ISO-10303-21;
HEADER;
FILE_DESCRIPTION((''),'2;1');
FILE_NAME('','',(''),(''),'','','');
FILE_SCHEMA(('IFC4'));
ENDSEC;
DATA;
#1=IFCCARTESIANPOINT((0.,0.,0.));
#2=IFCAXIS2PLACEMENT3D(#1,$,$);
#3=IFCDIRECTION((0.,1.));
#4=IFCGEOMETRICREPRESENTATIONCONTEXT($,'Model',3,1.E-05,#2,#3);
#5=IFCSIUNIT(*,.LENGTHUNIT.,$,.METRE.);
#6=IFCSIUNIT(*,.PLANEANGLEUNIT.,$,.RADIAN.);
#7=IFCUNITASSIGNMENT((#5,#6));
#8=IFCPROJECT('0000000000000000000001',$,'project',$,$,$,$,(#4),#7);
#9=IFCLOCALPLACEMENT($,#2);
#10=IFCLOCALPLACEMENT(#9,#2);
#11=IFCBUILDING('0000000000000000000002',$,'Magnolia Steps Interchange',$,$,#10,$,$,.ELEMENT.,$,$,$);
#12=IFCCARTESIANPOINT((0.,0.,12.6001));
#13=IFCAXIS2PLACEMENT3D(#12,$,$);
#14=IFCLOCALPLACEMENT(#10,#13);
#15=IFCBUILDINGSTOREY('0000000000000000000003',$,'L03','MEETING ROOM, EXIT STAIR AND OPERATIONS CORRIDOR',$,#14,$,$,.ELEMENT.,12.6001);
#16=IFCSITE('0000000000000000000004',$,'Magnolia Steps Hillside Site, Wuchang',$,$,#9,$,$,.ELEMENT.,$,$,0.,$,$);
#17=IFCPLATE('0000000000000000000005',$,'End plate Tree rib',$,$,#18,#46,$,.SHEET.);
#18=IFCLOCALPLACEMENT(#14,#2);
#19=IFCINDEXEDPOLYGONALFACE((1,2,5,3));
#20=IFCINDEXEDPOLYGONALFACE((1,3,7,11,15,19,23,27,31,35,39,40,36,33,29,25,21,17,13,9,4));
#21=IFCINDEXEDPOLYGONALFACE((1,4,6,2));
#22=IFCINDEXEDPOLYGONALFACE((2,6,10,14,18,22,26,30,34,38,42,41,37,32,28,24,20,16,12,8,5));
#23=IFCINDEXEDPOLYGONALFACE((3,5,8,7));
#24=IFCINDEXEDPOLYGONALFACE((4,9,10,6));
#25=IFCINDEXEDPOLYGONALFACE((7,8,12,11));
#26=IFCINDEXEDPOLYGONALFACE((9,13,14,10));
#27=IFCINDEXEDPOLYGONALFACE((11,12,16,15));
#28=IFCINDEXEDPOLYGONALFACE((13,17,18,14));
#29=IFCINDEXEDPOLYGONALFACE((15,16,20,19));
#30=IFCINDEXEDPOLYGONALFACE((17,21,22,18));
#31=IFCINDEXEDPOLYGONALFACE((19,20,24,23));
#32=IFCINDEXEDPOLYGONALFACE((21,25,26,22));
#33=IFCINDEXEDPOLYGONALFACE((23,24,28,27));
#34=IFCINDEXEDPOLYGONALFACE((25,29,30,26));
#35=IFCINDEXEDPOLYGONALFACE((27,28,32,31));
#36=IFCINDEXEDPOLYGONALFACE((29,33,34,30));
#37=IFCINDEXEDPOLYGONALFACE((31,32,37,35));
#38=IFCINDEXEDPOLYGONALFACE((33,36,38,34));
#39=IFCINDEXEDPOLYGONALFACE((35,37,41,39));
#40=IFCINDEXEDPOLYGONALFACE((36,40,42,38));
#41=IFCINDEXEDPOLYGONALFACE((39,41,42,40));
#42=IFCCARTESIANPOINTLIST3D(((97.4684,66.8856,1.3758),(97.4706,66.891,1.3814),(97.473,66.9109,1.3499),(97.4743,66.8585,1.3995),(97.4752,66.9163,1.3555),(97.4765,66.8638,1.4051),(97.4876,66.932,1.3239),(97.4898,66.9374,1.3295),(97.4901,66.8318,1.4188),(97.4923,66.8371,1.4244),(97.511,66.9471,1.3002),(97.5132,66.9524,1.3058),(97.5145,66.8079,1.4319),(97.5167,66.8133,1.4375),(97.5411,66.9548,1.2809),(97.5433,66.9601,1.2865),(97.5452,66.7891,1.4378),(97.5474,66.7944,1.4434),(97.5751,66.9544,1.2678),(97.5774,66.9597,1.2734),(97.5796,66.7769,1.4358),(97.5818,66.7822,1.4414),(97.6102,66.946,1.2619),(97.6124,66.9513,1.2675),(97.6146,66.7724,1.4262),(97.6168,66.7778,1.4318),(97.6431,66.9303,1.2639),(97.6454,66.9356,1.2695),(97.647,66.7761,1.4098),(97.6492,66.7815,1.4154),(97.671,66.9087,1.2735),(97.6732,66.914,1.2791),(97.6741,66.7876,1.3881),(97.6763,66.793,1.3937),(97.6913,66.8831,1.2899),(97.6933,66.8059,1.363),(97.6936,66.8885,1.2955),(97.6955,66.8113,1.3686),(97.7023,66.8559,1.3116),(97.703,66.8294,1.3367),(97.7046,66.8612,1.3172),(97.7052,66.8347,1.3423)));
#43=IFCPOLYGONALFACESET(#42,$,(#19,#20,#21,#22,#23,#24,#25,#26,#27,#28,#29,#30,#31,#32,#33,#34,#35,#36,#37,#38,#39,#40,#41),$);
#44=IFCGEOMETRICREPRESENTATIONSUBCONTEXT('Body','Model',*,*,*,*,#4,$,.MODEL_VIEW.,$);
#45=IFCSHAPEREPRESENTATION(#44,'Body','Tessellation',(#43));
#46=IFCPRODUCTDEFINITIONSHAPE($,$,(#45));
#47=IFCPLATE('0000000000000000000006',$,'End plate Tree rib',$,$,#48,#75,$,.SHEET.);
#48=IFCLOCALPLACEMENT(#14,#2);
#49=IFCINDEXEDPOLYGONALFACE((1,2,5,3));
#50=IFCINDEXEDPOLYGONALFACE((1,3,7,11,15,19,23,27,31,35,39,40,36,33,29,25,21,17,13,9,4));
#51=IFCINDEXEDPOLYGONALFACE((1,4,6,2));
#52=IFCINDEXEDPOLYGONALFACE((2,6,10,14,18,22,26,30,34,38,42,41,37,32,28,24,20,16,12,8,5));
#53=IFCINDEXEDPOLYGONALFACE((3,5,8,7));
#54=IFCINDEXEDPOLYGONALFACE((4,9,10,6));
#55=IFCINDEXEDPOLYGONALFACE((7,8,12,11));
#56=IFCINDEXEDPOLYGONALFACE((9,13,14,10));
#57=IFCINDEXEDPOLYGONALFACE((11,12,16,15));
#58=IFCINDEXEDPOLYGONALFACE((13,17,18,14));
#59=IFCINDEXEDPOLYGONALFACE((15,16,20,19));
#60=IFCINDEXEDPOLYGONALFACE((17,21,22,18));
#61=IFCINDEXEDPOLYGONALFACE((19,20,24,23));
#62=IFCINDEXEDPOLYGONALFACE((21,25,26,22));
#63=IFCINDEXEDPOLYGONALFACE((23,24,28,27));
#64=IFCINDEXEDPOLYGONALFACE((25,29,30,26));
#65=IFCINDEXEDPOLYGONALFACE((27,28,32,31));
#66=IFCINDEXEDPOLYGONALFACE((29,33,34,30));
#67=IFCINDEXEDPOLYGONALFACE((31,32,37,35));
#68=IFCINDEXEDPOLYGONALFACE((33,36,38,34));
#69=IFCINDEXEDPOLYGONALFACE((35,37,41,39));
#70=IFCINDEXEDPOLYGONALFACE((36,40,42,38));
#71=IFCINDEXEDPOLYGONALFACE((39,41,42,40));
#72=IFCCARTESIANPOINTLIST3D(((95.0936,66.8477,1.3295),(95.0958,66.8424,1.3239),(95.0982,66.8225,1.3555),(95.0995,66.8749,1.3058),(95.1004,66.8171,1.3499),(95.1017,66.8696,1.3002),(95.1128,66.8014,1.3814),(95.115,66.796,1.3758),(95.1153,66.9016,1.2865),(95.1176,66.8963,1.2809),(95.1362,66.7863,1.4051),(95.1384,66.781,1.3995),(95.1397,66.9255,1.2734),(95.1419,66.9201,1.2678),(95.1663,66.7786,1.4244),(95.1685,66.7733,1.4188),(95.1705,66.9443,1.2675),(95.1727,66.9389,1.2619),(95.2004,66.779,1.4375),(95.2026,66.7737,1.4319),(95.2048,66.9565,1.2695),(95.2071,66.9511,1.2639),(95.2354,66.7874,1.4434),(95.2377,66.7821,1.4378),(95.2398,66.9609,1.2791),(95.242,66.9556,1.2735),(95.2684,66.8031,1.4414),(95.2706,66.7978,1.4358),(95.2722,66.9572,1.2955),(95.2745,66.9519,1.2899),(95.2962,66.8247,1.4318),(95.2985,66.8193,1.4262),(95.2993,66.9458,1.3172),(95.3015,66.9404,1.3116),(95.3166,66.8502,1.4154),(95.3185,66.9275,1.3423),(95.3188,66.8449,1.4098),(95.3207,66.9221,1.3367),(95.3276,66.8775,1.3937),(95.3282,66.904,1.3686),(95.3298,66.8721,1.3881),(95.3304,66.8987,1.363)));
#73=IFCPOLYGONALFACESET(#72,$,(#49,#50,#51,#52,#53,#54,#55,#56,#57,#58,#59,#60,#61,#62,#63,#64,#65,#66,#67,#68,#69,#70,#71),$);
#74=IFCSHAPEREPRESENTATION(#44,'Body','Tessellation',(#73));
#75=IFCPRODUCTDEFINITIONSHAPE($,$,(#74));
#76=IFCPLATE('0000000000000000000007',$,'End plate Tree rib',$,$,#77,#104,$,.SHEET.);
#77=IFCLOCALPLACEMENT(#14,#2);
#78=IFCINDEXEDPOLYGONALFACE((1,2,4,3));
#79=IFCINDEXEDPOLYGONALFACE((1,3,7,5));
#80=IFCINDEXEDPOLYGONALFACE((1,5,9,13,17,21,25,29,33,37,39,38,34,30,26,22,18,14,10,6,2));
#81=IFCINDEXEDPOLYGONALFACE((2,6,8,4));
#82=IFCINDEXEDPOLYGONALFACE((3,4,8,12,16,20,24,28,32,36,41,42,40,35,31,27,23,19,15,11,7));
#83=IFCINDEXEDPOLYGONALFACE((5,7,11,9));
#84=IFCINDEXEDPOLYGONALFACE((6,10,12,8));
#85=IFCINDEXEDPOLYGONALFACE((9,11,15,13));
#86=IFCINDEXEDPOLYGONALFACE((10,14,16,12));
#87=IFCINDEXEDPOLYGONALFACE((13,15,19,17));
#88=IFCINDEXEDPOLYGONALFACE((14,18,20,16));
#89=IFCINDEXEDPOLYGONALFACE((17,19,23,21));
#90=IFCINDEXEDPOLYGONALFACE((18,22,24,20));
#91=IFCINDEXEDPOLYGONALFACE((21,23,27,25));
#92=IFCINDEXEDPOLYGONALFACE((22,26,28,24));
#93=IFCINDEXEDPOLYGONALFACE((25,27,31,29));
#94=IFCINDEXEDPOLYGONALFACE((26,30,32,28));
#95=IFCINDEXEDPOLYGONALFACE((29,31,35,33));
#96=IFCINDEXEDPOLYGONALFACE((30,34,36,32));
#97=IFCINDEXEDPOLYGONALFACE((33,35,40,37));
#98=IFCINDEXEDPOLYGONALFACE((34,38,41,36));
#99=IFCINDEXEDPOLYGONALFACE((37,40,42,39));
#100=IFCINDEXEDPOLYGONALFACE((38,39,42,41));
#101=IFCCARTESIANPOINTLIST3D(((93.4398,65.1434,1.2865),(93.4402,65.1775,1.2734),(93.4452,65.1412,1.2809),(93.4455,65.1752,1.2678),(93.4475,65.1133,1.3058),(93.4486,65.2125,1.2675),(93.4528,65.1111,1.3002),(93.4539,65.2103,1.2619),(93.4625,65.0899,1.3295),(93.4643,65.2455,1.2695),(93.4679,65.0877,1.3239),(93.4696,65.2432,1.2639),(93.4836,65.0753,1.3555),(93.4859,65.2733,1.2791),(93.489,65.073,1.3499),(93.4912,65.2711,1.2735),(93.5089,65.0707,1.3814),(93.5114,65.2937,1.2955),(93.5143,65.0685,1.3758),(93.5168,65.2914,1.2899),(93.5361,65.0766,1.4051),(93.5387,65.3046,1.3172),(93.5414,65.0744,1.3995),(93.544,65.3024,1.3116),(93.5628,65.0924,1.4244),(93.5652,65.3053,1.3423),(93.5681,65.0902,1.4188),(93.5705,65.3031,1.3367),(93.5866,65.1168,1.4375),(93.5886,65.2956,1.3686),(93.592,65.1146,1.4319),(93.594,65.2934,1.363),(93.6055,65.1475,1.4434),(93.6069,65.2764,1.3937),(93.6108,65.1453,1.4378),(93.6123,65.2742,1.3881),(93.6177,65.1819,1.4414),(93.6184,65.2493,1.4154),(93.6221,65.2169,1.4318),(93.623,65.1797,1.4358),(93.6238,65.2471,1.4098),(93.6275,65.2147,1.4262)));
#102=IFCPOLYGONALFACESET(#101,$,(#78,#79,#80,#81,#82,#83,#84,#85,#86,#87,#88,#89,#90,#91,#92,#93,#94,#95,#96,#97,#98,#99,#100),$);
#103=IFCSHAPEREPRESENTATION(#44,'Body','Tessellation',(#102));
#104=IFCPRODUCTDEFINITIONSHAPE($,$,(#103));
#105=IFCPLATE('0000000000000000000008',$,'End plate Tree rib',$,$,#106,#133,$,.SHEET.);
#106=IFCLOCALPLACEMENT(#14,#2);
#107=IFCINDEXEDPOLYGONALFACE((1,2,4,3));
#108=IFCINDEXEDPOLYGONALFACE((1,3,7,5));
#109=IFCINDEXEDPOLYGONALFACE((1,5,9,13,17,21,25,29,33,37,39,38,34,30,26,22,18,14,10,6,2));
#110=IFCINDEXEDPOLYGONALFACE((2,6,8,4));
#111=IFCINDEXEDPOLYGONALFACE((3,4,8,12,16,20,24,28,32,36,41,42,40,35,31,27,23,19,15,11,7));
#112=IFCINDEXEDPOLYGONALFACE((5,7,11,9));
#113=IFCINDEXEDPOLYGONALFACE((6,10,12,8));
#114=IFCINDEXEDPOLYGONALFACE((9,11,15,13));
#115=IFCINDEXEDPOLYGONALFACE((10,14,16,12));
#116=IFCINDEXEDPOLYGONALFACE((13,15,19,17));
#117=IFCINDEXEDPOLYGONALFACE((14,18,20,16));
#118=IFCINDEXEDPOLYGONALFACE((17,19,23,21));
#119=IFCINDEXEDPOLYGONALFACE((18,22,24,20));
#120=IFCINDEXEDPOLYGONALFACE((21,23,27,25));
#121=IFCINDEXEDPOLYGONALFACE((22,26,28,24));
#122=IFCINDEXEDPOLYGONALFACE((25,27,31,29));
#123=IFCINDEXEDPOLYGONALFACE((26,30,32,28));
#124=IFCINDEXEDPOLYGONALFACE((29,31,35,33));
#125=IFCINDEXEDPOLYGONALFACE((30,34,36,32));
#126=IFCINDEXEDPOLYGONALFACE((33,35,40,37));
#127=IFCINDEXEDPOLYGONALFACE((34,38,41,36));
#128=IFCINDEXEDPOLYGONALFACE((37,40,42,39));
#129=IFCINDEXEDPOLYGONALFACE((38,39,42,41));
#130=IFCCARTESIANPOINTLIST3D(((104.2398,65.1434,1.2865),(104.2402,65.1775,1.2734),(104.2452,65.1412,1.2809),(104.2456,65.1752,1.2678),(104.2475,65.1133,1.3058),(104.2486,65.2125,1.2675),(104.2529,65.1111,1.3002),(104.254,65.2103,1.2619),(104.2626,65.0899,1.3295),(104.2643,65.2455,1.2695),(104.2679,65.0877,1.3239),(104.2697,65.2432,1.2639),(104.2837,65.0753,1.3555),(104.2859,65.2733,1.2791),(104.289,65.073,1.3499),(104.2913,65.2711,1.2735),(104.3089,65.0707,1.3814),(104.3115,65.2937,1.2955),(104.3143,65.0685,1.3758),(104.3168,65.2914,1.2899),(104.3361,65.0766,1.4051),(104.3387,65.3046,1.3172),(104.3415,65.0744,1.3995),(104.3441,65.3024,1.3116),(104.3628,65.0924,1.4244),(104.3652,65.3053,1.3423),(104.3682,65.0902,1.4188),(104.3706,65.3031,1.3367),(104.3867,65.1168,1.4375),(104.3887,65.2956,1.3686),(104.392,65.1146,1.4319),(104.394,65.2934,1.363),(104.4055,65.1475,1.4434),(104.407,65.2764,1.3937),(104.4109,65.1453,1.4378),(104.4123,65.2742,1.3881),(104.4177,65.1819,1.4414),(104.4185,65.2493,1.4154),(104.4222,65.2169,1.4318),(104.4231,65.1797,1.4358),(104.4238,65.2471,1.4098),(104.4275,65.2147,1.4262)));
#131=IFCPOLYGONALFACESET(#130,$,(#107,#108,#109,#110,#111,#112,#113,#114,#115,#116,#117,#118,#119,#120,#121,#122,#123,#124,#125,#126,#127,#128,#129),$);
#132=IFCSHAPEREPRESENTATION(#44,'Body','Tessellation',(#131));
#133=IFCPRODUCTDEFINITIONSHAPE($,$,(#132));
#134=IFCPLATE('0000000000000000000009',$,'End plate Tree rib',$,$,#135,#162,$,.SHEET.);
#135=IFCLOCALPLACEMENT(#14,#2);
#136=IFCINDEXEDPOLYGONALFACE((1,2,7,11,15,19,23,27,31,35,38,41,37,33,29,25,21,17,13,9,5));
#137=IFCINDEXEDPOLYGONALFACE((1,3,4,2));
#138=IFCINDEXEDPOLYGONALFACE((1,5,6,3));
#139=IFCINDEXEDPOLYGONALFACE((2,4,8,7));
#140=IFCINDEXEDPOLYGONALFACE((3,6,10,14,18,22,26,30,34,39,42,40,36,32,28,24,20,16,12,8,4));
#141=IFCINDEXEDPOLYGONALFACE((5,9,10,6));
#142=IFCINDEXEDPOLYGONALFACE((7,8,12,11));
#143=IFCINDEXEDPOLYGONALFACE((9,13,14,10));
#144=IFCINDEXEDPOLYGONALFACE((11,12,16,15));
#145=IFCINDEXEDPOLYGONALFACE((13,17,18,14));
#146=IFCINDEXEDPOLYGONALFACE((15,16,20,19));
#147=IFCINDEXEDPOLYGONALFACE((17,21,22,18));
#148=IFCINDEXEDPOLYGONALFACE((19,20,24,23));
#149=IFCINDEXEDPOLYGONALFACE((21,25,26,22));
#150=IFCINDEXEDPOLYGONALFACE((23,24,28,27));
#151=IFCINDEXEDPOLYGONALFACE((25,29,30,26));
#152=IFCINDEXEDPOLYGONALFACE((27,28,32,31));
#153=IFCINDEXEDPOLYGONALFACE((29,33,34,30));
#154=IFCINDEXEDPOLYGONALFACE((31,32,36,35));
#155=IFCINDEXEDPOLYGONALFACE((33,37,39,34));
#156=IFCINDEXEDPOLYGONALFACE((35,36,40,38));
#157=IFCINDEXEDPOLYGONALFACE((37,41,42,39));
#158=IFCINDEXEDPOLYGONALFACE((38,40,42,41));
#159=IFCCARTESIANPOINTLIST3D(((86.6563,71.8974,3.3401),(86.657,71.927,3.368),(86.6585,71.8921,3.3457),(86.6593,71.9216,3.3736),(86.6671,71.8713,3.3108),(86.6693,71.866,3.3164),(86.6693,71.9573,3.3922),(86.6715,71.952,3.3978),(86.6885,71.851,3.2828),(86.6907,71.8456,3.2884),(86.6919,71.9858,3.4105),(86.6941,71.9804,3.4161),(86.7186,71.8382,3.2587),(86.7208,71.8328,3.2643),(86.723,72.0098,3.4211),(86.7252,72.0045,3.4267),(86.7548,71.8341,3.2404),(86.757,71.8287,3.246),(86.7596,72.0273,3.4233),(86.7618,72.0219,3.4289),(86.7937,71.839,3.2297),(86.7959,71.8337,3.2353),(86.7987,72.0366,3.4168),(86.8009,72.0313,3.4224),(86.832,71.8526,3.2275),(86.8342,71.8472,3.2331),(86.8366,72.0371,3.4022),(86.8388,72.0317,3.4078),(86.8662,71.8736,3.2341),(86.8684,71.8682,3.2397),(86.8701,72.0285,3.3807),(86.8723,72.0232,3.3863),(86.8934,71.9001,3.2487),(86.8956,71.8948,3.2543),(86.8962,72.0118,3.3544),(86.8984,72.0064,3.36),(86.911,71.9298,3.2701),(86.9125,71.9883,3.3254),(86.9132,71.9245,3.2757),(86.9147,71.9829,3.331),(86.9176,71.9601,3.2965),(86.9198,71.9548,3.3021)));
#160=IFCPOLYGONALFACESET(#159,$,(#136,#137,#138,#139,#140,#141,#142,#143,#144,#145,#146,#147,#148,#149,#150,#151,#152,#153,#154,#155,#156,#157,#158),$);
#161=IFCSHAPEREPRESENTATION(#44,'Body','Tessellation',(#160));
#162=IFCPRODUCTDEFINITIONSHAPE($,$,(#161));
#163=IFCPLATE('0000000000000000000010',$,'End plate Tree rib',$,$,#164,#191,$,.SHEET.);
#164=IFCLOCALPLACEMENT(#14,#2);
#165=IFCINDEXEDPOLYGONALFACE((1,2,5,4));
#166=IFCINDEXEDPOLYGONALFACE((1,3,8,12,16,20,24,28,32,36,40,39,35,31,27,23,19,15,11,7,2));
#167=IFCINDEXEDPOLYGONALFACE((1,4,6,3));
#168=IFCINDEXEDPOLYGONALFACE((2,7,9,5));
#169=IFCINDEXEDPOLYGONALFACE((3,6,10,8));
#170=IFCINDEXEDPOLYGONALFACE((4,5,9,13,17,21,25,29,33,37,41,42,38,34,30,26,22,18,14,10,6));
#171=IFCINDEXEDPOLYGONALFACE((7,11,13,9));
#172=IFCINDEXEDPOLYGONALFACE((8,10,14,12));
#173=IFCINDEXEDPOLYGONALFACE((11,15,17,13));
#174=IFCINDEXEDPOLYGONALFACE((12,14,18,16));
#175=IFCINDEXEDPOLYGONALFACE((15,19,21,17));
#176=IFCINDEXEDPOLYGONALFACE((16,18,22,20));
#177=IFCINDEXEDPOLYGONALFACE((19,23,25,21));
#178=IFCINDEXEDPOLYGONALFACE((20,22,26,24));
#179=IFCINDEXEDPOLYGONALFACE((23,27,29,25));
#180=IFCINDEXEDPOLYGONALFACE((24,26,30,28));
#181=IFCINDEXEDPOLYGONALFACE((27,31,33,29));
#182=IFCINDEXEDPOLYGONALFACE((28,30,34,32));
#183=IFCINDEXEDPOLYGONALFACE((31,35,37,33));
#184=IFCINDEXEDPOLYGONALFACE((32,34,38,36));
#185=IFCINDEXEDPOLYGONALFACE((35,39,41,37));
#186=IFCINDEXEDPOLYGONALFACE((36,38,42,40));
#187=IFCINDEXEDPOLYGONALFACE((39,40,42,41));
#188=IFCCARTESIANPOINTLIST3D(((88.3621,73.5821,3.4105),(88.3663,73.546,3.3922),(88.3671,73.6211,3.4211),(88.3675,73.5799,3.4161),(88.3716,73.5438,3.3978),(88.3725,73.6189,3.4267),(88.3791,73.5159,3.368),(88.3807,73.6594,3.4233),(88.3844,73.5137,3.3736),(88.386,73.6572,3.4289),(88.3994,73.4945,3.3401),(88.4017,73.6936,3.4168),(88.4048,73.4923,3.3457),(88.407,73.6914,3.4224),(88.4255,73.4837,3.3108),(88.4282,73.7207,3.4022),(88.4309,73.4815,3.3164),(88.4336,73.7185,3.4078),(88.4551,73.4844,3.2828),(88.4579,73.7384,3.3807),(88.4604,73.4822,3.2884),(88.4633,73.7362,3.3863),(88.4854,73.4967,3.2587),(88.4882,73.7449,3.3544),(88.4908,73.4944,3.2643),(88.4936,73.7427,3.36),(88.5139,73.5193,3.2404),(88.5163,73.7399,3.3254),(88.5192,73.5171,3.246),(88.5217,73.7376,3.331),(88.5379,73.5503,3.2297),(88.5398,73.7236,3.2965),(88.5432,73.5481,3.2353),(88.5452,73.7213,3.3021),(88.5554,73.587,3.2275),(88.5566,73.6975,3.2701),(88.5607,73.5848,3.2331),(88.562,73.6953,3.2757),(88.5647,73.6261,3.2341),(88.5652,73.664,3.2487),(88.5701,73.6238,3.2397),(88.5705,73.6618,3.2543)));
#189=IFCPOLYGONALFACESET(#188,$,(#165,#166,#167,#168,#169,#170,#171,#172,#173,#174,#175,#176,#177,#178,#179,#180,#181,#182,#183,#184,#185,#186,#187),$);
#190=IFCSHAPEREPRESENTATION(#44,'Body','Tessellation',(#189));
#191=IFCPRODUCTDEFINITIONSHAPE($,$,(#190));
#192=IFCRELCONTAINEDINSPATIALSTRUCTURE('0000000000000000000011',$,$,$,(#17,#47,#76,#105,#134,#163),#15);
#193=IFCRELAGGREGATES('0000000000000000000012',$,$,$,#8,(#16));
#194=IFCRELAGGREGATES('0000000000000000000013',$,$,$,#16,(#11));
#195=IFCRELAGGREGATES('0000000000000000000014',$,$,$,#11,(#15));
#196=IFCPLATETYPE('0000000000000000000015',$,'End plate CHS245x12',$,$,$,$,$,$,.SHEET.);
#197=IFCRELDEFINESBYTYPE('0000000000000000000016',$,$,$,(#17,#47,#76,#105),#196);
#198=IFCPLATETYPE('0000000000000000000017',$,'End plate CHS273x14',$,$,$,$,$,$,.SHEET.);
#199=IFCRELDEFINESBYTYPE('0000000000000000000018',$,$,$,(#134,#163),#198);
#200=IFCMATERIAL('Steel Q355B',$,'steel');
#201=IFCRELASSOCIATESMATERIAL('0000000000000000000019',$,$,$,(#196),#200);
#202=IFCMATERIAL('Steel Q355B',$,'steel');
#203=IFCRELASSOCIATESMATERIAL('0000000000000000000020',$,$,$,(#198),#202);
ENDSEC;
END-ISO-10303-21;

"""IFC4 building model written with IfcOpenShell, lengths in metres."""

from ifc_helpers import new_model, si_unit, direction, frame, origin, origin_2d, place, context, subcontext, project, spatial, circle, extrude, material, material_profile, profile_set, type_object, element, save


model = new_model("IFC4")

# Units and contexts
model_context = context("Model", 3, precision=1e-05, world=origin(), true_north=direction((0.0, 1.0)))
body_context = subcontext(model_context, "Body", "Model", "MODEL_VIEW")
ifc_project = project(units=[si_unit("LENGTHUNIT", "METRE"), si_unit("PLANEANGLEUNIT", "RADIAN")], contexts=[model_context])

# Site, building, storey
site_placement = place(None, origin())
site = spatial("IfcSite", under=ifc_project, at=site_placement, Name="Magnolia Steps Hillside Site, Wuchang", CompositionType="ELEMENT", RefElevation=0.0)
building_placement = place(site_placement, origin())
building = spatial("IfcBuilding", under=site, at=building_placement, Name="Magnolia Steps Interchange", CompositionType="ELEMENT")
storey_placement = place(building_placement, frame((0.0, 0.0, 12.6001)))
storey = spatial("IfcBuildingStorey", under=building, at=storey_placement, Name="L03", Description="MEETING ROOM, EXIT STAIR AND OPERATIONS CORRIDOR", CompositionType="ELEMENT", Elevation=12.6001)

# Plates
ifc_material_1 = material(Name="Steel Q355B", Category="steel")
ifc_material_profile_1 = material_profile(ifc_material_1, circle(Radius=0.1226, at=origin_2d()), Name="End plate CHS245x12")
ifc_profile_set_1 = profile_set([ifc_material_profile_1], Name="Steel Q355B")
plate_type_1 = type_object("IfcPlateType", Name="End plate CHS245x12", PredefinedType="SHEET", material=ifc_profile_set_1)
for number, where, z_axis, x_axis, name in (
    (1, (97.5862, 66.864, 1.3499), (0.275279, 0.664583, 0.694658), (-0.92388, 0.382683, 0.0), "End plate Tree rib"),
    (2, (95.2136, 66.864, 1.3499), (-0.275279, 0.664583, 0.694658), (-0.92388, -0.382683, 0.0), "End plate Tree rib"),
    (3, (93.5359, 65.1863, 1.3499), (-0.664583, 0.275279, 0.694658), (-0.382683, -0.92388, 0.0), "End plate Tree rib"),
    (4, (104.3359, 65.1863, 1.3499), (-0.664583, 0.275279, 0.694658), (-0.382683, -0.92388, 0.0), "End plate Tree rib"),
):
    element("IfcPlate", number, at=place(storey_placement, frame(where, z_axis=z_axis, x_axis=x_axis)), inside=storey, type_object=plate_type_1, Name=name, PredefinedType="SHEET", context=body_context, shape_type="SweptSolid", body=[
        extrude(circle(Radius=0.1226, at=origin_2d()), origin(), (0.0, 0.0, 1.0), 0.0081),
    ])
ifc_material_2 = material(Name="Steel Q355B", Category="steel")
ifc_material_profile_2 = material_profile(ifc_material_2, circle(Radius=0.1365, at=origin_2d()), Name="End plate CHS273x14")
ifc_profile_set_2 = profile_set([ifc_material_profile_2], Name="Steel Q355B")
plate_type_2 = type_object("IfcPlateType", Name="End plate CHS273x14", PredefinedType="SHEET", material=ifc_profile_set_2)
for number, where, z_axis, x_axis, name in (
    (5, (86.7864, 71.936, 3.3254), (0.275279, -0.664583, 0.694658), (0.92388, 0.382683, 0.0), "End plate Tree rib"),
    (6, (88.4641, 73.6138, 3.3254), (0.664583, -0.275279, 0.694658), (0.382683, 0.92388, 0.0), "End plate Tree rib"),
):
    element("IfcPlate", number, at=place(storey_placement, frame(where, z_axis=z_axis, x_axis=x_axis)), inside=storey, type_object=plate_type_2, Name=name, PredefinedType="SHEET", context=body_context, shape_type="SweptSolid", body=[
        extrude(circle(Radius=0.1365, at=origin_2d()), origin(), (0.0, 0.0, 1.0), 0.0081),
    ])

save(model, "model.ifc")
